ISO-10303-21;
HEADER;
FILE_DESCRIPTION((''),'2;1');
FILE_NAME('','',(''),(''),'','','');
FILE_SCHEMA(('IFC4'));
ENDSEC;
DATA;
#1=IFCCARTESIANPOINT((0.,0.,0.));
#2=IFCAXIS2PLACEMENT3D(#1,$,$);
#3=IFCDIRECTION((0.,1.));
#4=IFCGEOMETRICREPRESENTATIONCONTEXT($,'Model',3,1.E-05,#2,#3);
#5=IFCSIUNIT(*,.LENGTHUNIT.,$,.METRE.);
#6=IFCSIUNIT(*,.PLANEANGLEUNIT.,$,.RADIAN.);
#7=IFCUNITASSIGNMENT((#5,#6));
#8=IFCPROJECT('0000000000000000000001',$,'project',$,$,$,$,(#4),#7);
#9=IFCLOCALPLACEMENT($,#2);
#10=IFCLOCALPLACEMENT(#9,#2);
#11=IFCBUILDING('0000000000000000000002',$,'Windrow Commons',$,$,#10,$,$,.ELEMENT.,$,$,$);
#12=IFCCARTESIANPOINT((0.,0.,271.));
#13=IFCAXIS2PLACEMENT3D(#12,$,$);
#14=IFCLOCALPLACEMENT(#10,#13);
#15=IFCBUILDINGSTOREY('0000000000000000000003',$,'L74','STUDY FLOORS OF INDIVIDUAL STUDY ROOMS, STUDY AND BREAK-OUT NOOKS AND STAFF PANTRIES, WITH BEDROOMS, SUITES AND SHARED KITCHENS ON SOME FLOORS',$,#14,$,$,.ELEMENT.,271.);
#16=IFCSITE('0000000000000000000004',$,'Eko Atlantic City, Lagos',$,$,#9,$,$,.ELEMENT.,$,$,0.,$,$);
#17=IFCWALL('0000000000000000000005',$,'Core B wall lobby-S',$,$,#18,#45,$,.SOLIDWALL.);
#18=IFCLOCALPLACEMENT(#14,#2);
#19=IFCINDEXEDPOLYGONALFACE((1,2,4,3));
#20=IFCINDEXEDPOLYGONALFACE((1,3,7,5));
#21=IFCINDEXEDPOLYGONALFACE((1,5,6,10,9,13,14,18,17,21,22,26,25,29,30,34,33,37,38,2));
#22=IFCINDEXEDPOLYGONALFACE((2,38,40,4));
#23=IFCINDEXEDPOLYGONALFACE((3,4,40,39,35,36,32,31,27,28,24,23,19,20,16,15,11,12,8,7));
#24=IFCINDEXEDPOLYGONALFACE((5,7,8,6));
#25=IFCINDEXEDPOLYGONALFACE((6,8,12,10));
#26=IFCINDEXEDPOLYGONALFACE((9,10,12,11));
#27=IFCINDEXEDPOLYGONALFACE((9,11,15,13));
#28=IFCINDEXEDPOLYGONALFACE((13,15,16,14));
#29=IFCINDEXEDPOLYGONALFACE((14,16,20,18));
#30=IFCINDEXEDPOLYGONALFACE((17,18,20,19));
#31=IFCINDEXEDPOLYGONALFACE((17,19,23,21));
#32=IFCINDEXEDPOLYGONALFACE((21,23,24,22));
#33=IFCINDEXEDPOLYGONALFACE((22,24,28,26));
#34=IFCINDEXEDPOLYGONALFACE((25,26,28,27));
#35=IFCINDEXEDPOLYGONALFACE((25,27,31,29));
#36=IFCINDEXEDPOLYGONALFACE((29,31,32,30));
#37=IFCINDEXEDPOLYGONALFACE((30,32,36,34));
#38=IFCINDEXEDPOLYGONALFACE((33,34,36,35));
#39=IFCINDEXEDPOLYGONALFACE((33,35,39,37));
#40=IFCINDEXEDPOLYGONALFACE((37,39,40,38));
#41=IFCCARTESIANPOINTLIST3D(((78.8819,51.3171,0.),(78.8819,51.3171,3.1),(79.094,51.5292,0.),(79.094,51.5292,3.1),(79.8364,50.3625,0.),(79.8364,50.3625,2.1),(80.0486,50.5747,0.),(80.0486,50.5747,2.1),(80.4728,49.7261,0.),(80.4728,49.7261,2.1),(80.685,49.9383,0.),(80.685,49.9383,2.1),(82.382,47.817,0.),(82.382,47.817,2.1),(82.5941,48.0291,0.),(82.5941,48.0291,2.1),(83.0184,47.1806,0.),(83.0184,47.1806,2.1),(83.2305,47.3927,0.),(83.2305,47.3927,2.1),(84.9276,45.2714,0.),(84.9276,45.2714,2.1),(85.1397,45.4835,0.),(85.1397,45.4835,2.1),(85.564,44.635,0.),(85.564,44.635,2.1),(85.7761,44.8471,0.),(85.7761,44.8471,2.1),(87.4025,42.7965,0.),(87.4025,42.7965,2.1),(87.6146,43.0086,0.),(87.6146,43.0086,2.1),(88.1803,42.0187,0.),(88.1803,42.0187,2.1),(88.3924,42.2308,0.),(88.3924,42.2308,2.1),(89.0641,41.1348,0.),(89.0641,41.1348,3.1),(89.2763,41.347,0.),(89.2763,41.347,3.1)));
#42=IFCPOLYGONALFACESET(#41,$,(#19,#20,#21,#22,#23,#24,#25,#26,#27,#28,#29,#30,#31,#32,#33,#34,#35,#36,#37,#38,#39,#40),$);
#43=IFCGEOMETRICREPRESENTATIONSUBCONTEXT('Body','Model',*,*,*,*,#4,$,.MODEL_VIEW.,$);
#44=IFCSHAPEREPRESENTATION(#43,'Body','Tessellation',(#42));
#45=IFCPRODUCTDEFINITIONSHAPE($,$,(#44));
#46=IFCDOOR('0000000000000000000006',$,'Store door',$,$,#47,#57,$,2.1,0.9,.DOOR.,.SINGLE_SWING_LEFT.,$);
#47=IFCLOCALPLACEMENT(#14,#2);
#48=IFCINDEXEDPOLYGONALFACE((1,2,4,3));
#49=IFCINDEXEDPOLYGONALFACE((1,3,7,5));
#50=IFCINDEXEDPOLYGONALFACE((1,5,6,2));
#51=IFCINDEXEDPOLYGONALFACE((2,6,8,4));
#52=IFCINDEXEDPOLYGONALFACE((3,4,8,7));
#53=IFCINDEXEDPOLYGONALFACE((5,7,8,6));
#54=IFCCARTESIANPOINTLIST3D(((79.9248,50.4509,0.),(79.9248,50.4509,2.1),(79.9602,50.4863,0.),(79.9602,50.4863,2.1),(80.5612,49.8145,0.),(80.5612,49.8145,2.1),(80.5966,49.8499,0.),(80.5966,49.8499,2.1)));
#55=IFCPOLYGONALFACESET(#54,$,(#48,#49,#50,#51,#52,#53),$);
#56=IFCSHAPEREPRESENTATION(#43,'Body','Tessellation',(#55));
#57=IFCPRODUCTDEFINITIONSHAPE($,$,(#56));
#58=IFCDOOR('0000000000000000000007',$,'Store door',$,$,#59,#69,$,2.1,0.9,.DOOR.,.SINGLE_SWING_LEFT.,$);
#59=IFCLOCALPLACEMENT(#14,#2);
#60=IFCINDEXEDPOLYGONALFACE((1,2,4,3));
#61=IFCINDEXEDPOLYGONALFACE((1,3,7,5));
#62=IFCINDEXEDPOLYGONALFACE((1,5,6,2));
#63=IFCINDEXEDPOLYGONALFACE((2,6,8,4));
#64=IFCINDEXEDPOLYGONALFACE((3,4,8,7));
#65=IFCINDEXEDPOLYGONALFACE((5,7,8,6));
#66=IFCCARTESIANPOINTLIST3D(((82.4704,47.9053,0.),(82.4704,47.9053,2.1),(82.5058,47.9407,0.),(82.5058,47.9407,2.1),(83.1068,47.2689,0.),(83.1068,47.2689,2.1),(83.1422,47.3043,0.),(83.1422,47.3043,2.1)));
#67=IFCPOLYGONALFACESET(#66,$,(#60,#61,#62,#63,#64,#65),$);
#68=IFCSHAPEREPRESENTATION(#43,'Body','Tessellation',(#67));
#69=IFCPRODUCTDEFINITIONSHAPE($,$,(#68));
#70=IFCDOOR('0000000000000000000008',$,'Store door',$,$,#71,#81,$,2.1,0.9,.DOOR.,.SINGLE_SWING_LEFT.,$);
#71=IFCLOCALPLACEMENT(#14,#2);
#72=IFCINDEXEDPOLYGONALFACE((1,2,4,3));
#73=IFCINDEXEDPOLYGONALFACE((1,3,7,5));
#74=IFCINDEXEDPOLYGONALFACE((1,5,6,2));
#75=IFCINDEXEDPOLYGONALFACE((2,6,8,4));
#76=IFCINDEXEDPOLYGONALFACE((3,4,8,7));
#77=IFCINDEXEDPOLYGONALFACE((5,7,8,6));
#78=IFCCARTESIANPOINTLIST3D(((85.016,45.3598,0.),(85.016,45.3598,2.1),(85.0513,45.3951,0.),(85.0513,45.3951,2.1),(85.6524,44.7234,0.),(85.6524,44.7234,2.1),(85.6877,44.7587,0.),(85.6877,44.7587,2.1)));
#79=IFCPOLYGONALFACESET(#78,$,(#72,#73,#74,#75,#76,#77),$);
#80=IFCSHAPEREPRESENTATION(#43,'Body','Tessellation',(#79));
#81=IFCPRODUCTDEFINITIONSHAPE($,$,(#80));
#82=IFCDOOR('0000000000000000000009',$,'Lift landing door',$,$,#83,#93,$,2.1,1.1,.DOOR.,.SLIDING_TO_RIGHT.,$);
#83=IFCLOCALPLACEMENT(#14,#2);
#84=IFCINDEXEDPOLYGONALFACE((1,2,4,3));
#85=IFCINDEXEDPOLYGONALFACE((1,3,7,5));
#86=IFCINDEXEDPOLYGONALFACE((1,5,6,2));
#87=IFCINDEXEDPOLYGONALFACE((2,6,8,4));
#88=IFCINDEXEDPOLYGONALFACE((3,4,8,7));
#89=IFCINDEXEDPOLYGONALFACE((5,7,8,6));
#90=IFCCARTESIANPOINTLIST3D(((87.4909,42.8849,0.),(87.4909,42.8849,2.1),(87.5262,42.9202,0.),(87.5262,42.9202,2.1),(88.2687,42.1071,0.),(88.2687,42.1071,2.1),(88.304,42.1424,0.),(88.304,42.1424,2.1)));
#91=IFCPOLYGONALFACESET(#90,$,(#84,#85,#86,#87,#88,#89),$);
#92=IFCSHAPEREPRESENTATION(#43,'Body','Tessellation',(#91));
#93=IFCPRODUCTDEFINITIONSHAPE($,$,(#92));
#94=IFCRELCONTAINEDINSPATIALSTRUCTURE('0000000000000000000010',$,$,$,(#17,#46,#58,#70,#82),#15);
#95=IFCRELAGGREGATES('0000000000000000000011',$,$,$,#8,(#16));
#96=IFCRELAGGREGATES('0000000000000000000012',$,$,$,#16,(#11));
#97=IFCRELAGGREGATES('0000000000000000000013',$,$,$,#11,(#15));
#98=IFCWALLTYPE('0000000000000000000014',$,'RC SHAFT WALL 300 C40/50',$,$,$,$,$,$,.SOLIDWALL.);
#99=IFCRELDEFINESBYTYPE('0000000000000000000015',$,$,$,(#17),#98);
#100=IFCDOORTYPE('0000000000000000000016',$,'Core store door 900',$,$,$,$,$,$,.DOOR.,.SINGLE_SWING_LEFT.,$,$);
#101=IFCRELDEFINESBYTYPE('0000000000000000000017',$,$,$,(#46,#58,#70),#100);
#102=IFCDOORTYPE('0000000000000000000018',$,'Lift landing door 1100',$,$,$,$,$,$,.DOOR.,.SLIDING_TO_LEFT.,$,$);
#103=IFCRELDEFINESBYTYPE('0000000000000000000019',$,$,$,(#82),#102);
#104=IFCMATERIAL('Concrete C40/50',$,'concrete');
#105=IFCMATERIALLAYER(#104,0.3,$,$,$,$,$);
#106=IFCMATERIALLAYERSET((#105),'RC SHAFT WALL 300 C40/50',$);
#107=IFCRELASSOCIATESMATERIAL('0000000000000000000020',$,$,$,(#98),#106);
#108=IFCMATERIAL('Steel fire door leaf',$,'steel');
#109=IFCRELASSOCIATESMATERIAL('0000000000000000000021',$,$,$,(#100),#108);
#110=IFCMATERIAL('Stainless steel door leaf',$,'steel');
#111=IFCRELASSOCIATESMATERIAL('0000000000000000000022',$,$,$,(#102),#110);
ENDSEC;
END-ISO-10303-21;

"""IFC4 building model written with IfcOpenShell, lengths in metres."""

from ifc_helpers import new_model, si_unit, direction, frame, frame_2d, origin, place, context, subcontext, project, spatial, rectangle, extrude, material, layer, layer_set, type_object, element, fill, save


model = new_model("IFC4")

# Units and contexts
model_context = context("Model", 3, precision=1e-05, world=origin(), true_north=direction((0.0, 1.0)))
body_context = subcontext(model_context, "Body", "Model", "MODEL_VIEW")
ifc_project = project(units=[si_unit("LENGTHUNIT", "METRE"), si_unit("PLANEANGLEUNIT", "RADIAN")], contexts=[model_context])

# Site, building, storey
site_placement = place(None, origin())
site = spatial("IfcSite", under=ifc_project, at=site_placement, Name="Eko Atlantic City, Lagos", CompositionType="ELEMENT", RefElevation=0.0)
building_placement = place(site_placement, origin())
building = spatial("IfcBuilding", under=site, at=building_placement, Name="Windrow Commons", CompositionType="ELEMENT")
storey_placement = place(building_placement, frame((0.0, 0.0, 271.0)))
storey = spatial("IfcBuildingStorey", under=building, at=storey_placement, Name="L74", Description="STUDY FLOORS OF INDIVIDUAL STUDY ROOMS, STUDY AND BREAK-OUT NOOKS AND STAFF PANTRIES, WITH BEDROOMS, SUITES AND SHARED KITCHENS ON SOME FLOORS", CompositionType="ELEMENT", Elevation=271.0)

# Shared definitions
ifc_material_1 = material(Name="Concrete C40/50", Category="concrete")
ifc_layer_1 = layer(ifc_material_1, 0.3)
ifc_layer_set_1 = layer_set([ifc_layer_1], Name="RC SHAFT WALL 300 C40/50")
wall_type_1 = type_object("IfcWallType", Name="RC SHAFT WALL 300 C40/50", PredefinedType="SOLIDWALL", material=ifc_layer_set_1)

# Wall, openings, doors
wall_1_placement = place(storey_placement, frame((78.9879, 51.4232, 0.0), z_axis=(0.0, 0.0, 1.0), x_axis=(0.707107, -0.707107, 0.0)))
wall_1 = element("IfcWall", 1, at=wall_1_placement, inside=storey, type_object=wall_type_1, Name="Core B wall lobby-S", PredefinedType="SOLIDWALL", context=body_context, shape_type="SweptSolid", body=[
    extrude(rectangle(XDim=14.3999, YDim=0.3, at=frame_2d((7.2, 0.0))), origin(), (0.0, 0.0, 1.0), 3.1),
])
opening_1_placement = place(wall_1_placement, frame((1.35, 0.0, 0.0)))
opening_1 = element("IfcOpeningElement", 2, at=opening_1_placement, cuts=wall_1, PredefinedType="OPENING", context=body_context, shape_type="SweptSolid", body=[
    extrude(rectangle(XDim=0.9, YDim=2.1, at=frame_2d((0.45, 1.05))), frame((0.0, 0.16, 0.0), z_axis=(0.0, -1.0, 0.0), x_axis=(1.0, 0.0, 0.0)), (0.0, 0.0, 1.0), 0.32),
])
opening_2_placement = place(wall_1_placement, frame((4.95, 0.0, 0.0)))
opening_2 = element("IfcOpeningElement", 3, at=opening_2_placement, cuts=wall_1, PredefinedType="OPENING", context=body_context, shape_type="SweptSolid", body=[
    extrude(rectangle(XDim=0.9, YDim=2.1, at=frame_2d((0.45, 1.05))), frame((0.0, 0.16, 0.0), z_axis=(0.0, -1.0, 0.0), x_axis=(1.0, 0.0, 0.0)), (0.0, 0.0, 1.0), 0.32),
])
opening_3_placement = place(wall_1_placement, frame((8.55, 0.0, 0.0)))
opening_3 = element("IfcOpeningElement", 4, at=opening_3_placement, cuts=wall_1, PredefinedType="OPENING", context=body_context, shape_type="SweptSolid", body=[
    extrude(rectangle(XDim=0.9, YDim=2.1, at=frame_2d((0.45, 1.05))), frame((0.0, 0.16, 0.0), z_axis=(0.0, -1.0, 0.0), x_axis=(1.0, 0.0, 0.0)), (0.0, 0.0, 1.0), 0.32),
])
opening_4_placement = place(wall_1_placement, frame((12.05, 0.0, 0.0)))
opening_4 = element("IfcOpeningElement", 5, at=opening_4_placement, cuts=wall_1, PredefinedType="OPENING", context=body_context, shape_type="SweptSolid", body=[
    extrude(rectangle(XDim=1.1, YDim=2.1, at=frame_2d((0.55, 1.05))), frame((0.0, 0.16, 0.0), z_axis=(0.0, -1.0, 0.0), x_axis=(1.0, 0.0, 0.0)), (0.0, 0.0, 1.0), 0.32),
])
ifc_material_2 = material(Name="Steel fire door leaf", Category="steel")
door_type_1 = type_object("IfcDoorType", Name="Core store door 900", OperationType="SINGLE_SWING_LEFT", PredefinedType="DOOR", material=ifc_material_2)
door_1_placement = place(opening_1_placement, origin())
door_1 = element("IfcDoor", 6, at=door_1_placement, inside=storey, type_object=door_type_1, Name="Store door", OperationType="SINGLE_SWING_LEFT", OverallHeight=2.1, OverallWidth=0.9, PredefinedType="DOOR", context=body_context, shape_type="SweptSolid", body=[
    extrude(rectangle(XDim=0.9, YDim=2.1, at=frame_2d((0.45, 1.05))), frame((0.0, 0.025, 0.0), z_axis=(0.0, -1.0, 0.0), x_axis=(1.0, 0.0, 0.0)), (0.0, 0.0, 1.0), 0.05),
])
fill(opening_1, door_1)
door_2_placement = place(opening_2_placement, origin())
door_2 = element("IfcDoor", 7, at=door_2_placement, inside=storey, type_object=door_type_1, Name="Store door", OperationType="SINGLE_SWING_LEFT", OverallHeight=2.1, OverallWidth=0.9, PredefinedType="DOOR", context=body_context, shape_type="SweptSolid", body=[
    extrude(rectangle(XDim=0.9, YDim=2.1, at=frame_2d((0.45, 1.05))), frame((0.0, 0.025, 0.0), z_axis=(0.0, -1.0, 0.0), x_axis=(1.0, 0.0, 0.0)), (0.0, 0.0, 1.0), 0.05),
])
fill(opening_2, door_2)
door_3_placement = place(opening_3_placement, origin())
door_3 = element("IfcDoor", 8, at=door_3_placement, inside=storey, type_object=door_type_1, Name="Store door", OperationType="SINGLE_SWING_LEFT", OverallHeight=2.1, OverallWidth=0.9, PredefinedType="DOOR", context=body_context, shape_type="SweptSolid", body=[
    extrude(rectangle(XDim=0.9, YDim=2.1, at=frame_2d((0.45, 1.05))), frame((0.0, 0.025, 0.0), z_axis=(0.0, -1.0, 0.0), x_axis=(1.0, 0.0, 0.0)), (0.0, 0.0, 1.0), 0.05),
])
fill(opening_3, door_3)
ifc_material_3 = material(Name="Stainless steel door leaf", Category="steel")
door_type_2 = type_object("IfcDoorType", Name="Lift landing door 1100", OperationType="SLIDING_TO_LEFT", PredefinedType="DOOR", material=ifc_material_3)
door_4_placement = place(opening_4_placement, origin())
door_4 = element("IfcDoor", 9, at=door_4_placement, inside=storey, type_object=door_type_2, Name="Lift landing door", OperationType="SLIDING_TO_RIGHT", OverallHeight=2.1, OverallWidth=1.1, PredefinedType="DOOR", context=body_context, shape_type="SweptSolid", body=[
    extrude(rectangle(XDim=1.1, YDim=2.1, at=frame_2d((0.55, 1.05))), frame((0.0, 0.025, 0.0), z_axis=(0.0, -1.0, 0.0), x_axis=(1.0, 0.0, 0.0)), (0.0, 0.0, 1.0), 0.05),
])
fill(opening_4, door_4)

save(model, "model.ifc")
